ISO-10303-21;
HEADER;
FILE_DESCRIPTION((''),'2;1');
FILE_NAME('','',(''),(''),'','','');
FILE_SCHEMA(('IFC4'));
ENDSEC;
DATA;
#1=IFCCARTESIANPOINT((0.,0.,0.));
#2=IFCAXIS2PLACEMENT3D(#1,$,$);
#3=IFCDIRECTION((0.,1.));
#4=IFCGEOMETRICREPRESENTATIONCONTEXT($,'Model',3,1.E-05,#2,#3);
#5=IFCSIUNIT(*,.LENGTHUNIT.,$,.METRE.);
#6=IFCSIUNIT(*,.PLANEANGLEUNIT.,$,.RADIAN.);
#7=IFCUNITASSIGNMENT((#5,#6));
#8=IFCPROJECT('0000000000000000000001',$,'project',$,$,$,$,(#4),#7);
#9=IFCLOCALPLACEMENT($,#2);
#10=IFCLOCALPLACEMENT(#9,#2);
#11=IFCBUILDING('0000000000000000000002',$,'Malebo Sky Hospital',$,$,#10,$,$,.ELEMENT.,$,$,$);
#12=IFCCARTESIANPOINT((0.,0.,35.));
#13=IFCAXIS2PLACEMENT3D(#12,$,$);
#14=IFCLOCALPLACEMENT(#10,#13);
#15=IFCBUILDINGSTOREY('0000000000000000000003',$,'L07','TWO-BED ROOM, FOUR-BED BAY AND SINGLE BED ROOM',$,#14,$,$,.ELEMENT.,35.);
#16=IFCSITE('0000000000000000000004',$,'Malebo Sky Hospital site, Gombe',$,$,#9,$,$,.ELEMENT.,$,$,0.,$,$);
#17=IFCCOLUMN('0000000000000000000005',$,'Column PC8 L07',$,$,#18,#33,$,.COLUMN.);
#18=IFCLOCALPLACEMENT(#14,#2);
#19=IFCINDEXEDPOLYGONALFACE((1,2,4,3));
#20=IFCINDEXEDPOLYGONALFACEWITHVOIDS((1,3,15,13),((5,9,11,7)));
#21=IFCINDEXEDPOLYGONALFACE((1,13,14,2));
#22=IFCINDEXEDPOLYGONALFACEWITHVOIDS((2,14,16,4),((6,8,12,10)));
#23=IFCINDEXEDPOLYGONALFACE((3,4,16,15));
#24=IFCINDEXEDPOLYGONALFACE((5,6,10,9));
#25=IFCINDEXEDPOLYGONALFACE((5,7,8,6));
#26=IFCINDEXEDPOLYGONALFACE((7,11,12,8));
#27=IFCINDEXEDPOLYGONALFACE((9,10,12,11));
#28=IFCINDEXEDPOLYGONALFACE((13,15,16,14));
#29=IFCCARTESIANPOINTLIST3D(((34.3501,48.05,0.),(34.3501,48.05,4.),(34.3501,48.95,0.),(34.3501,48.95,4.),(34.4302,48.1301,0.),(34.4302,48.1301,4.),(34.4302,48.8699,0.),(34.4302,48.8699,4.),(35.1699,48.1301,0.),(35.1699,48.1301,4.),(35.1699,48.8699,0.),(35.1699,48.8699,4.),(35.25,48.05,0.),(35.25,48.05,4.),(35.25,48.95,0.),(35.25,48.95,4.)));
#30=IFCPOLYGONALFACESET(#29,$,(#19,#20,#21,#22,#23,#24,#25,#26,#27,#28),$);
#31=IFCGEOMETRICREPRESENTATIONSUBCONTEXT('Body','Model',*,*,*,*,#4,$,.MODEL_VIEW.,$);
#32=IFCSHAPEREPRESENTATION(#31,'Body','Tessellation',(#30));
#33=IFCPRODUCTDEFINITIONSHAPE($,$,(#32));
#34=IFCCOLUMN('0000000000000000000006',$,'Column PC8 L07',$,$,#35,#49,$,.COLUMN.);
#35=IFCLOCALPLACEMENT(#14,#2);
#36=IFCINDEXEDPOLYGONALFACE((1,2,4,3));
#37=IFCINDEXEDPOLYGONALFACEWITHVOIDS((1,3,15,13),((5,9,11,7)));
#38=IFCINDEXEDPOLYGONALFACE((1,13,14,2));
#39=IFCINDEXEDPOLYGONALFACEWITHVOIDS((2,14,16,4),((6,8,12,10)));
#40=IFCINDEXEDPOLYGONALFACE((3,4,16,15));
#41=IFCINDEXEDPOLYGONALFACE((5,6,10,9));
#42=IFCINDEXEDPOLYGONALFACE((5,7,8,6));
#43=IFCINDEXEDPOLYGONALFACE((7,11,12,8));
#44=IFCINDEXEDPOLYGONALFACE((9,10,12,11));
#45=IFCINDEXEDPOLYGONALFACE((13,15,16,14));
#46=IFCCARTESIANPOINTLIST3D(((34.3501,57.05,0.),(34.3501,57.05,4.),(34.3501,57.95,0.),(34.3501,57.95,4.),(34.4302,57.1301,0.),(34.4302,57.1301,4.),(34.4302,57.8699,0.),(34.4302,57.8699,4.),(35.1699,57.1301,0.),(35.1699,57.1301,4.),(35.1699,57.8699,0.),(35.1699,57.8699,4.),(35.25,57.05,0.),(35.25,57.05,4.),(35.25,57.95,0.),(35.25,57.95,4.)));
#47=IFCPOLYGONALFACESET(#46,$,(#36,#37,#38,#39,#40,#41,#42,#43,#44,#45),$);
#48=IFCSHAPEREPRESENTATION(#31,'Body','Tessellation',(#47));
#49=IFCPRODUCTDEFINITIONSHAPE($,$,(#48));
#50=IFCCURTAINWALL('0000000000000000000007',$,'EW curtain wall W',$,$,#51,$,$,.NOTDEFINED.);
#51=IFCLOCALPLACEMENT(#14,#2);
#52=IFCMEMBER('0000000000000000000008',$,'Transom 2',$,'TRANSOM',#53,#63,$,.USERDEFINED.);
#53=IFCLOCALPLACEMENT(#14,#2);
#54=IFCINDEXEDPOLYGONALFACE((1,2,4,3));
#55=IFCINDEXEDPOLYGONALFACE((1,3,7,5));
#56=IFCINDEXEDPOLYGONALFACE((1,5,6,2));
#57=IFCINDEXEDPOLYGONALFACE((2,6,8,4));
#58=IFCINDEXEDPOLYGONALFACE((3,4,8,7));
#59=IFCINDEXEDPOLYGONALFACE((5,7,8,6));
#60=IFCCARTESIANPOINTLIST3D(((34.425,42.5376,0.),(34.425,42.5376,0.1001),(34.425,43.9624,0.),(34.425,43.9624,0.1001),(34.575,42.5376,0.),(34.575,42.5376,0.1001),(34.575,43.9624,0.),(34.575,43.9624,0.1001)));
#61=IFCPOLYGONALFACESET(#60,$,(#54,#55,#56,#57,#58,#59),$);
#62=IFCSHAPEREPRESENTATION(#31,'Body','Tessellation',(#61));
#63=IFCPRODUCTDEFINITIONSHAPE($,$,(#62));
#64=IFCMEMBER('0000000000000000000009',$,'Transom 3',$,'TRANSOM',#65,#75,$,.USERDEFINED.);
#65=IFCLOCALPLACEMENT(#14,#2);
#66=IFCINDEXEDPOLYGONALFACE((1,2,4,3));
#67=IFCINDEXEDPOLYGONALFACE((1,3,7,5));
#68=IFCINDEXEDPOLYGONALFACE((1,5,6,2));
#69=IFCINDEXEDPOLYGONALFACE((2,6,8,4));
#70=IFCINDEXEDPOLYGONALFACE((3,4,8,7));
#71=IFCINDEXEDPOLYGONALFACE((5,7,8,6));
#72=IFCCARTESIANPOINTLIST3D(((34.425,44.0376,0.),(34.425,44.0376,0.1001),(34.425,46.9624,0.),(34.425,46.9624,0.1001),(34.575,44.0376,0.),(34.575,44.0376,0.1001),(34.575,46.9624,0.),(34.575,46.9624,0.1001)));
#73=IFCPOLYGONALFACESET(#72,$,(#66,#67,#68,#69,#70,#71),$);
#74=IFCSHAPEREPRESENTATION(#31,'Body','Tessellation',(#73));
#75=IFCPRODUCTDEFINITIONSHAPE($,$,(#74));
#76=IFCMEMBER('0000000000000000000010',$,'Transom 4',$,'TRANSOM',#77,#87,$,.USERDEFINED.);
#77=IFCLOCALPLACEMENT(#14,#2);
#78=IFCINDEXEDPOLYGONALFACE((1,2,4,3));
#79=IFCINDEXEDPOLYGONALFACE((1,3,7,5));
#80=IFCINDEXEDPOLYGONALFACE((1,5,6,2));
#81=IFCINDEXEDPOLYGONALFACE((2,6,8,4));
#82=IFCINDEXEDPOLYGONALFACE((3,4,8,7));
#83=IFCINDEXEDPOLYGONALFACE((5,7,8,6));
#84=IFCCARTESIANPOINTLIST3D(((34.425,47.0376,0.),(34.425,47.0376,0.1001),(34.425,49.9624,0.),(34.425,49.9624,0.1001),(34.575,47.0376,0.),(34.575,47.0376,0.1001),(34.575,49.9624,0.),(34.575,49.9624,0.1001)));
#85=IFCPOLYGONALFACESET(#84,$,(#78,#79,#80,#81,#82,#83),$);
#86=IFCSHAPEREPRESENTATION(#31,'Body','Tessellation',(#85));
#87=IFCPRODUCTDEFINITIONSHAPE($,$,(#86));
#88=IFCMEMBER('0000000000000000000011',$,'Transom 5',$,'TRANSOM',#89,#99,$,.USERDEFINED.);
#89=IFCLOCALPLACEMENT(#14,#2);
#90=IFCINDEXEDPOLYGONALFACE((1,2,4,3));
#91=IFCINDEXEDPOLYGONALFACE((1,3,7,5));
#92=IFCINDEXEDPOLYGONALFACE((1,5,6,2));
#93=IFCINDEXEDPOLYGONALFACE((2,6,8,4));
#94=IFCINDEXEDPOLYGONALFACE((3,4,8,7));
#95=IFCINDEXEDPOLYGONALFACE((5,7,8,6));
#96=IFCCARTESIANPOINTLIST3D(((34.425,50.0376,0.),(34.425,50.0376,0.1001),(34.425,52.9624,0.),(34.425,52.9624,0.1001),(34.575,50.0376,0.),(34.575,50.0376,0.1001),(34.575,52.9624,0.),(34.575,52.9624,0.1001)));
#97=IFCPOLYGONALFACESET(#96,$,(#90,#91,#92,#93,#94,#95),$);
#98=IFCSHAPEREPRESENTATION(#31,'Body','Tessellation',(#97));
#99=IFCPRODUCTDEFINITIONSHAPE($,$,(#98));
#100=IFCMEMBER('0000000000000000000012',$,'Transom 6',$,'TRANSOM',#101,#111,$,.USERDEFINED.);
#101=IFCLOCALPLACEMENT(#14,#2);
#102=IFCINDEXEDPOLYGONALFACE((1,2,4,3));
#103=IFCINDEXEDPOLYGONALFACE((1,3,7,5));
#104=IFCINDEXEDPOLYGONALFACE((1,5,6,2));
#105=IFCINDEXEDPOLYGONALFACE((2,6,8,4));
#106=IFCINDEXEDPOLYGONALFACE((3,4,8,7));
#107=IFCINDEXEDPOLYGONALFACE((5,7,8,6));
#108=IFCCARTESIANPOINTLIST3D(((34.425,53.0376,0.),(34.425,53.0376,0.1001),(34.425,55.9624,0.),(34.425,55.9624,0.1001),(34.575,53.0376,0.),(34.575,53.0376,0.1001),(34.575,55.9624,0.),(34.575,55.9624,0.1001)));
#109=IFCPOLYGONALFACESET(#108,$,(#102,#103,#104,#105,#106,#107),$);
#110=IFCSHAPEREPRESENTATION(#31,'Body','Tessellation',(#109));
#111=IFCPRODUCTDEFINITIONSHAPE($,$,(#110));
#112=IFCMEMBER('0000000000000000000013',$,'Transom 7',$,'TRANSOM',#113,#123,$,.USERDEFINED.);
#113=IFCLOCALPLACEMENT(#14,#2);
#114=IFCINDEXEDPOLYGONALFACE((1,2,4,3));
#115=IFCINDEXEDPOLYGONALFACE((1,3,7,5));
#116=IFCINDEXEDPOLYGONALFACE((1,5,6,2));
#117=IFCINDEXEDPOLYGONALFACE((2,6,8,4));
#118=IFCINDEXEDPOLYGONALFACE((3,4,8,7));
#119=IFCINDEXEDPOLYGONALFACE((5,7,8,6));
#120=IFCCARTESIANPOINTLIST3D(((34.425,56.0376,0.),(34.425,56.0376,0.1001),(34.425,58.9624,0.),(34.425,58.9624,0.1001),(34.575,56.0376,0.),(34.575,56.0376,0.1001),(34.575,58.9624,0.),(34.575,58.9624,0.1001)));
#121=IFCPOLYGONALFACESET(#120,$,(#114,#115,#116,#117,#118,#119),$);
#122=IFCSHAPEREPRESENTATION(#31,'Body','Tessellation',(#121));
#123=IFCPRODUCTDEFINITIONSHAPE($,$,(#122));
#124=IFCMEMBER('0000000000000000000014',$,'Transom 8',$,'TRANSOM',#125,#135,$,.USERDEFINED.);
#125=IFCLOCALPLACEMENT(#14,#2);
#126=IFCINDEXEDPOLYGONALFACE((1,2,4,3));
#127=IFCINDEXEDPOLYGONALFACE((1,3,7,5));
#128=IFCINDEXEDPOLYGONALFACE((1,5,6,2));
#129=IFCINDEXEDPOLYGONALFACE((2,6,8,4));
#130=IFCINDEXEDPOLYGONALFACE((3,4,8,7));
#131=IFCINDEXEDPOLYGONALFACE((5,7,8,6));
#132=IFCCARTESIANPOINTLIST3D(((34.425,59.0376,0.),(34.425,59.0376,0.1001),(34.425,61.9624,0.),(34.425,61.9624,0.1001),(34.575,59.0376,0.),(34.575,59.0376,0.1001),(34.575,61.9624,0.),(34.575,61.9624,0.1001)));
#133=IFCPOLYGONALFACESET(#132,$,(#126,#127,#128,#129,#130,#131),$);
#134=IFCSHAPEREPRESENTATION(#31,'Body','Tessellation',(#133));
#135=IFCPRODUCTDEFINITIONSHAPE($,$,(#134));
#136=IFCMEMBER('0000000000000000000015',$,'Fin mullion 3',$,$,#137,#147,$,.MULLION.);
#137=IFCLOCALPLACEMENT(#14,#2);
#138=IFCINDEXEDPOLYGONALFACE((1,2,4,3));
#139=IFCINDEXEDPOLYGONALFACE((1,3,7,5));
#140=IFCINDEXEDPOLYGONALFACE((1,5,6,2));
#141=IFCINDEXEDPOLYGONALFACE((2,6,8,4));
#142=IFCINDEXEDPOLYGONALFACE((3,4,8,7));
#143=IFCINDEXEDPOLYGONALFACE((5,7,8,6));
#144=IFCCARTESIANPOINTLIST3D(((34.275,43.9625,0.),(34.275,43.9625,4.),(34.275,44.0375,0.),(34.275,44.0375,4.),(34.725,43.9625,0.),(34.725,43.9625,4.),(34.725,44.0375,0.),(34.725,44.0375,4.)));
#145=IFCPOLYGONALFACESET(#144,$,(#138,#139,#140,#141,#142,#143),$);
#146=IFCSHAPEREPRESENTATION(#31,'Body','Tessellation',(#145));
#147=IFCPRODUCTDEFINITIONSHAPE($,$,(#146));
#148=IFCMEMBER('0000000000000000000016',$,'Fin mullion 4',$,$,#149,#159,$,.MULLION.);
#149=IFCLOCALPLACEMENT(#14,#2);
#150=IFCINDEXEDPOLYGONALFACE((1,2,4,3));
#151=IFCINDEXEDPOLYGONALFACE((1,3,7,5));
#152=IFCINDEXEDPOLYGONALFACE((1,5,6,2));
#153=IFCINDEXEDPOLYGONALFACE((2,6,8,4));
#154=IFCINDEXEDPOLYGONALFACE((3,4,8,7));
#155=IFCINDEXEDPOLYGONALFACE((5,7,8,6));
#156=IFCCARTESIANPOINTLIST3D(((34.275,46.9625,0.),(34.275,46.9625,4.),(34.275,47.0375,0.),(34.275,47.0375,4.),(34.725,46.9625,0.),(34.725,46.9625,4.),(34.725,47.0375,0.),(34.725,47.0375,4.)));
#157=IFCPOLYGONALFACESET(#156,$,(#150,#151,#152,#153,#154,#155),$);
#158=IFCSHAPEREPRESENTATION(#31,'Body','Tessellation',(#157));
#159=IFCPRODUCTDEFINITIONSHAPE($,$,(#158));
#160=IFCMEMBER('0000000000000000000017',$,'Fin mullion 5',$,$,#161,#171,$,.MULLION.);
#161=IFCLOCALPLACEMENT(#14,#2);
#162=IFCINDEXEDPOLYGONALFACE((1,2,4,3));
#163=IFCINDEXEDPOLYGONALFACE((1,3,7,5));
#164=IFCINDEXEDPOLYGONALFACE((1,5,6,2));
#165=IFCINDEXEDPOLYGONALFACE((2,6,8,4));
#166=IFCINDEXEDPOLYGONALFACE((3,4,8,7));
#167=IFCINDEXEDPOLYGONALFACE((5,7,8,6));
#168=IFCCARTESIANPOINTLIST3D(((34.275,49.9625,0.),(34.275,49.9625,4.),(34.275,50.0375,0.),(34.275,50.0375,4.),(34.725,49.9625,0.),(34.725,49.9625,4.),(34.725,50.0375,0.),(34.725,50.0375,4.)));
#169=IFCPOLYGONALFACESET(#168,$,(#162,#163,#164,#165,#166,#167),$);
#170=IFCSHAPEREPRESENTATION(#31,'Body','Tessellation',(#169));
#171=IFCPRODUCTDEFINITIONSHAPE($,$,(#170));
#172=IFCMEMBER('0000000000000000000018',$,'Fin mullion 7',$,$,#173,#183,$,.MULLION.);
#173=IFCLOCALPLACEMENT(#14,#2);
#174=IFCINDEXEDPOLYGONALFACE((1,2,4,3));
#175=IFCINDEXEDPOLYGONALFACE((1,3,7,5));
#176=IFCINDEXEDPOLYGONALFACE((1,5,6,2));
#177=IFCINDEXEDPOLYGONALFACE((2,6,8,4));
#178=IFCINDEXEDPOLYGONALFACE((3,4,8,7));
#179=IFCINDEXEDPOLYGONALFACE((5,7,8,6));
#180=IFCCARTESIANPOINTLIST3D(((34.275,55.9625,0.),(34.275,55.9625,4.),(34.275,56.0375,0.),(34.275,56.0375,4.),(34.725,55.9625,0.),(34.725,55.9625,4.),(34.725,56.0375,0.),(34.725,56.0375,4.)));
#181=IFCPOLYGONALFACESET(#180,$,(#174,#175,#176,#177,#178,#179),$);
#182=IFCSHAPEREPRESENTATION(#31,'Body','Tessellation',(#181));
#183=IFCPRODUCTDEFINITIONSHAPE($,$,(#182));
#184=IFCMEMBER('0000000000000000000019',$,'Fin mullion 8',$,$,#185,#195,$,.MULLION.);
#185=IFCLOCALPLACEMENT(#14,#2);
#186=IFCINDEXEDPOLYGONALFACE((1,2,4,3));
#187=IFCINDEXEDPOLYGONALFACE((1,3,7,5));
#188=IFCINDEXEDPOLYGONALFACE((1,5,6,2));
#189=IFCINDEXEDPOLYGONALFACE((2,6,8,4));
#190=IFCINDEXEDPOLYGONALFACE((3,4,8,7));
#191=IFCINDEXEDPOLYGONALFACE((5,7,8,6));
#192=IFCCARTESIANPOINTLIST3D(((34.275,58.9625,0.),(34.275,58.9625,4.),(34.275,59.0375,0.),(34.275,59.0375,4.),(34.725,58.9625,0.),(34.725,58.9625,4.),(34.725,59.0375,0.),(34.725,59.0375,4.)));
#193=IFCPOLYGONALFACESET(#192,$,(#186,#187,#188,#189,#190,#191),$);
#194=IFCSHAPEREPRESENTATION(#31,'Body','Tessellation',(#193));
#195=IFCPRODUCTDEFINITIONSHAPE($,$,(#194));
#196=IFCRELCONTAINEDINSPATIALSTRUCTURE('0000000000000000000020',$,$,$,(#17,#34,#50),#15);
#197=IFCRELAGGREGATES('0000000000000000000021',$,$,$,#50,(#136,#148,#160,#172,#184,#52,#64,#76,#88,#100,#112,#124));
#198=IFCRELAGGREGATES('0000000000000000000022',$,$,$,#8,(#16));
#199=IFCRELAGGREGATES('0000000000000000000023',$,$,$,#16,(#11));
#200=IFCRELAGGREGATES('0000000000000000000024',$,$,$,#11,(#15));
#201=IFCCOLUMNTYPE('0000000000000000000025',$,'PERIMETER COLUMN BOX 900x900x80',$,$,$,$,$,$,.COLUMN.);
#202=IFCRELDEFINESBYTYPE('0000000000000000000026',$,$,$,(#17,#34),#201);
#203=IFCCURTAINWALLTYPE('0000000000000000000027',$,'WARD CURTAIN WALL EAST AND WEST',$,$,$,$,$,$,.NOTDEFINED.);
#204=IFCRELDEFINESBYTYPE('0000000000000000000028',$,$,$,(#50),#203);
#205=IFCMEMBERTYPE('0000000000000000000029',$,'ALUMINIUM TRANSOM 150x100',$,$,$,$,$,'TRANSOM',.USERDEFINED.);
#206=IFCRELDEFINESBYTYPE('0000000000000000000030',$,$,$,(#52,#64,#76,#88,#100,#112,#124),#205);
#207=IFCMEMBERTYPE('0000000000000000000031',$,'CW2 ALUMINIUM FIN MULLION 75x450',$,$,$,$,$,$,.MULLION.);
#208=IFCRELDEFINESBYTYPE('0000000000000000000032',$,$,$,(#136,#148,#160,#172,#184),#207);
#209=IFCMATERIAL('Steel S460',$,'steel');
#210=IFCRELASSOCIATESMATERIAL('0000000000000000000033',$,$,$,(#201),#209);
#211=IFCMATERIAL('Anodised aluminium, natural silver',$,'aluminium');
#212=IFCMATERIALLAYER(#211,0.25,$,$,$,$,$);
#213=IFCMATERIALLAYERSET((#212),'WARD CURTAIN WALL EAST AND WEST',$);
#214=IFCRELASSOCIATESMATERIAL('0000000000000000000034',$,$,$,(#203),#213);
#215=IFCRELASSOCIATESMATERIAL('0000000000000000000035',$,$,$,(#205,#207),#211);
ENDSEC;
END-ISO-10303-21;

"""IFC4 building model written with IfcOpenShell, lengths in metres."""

from ifc_helpers import new_model, si_unit, direction, frame, origin, origin_2d, place, context, subcontext, project, spatial, rectangle, hollow_rectangle, extrude, material, layer, layer_set, material_profile, profile_set, type_object, element, aggregate, save


model = new_model("IFC4")

# Units and contexts
model_context = context("Model", 3, precision=1e-05, world=origin(), true_north=direction((0.0, 1.0)))
body_context = subcontext(model_context, "Body", "Model", "MODEL_VIEW")
ifc_project = project(units=[si_unit("LENGTHUNIT", "METRE"), si_unit("PLANEANGLEUNIT", "RADIAN")], contexts=[model_context])

# Site, building, storey
site_placement = place(None, origin())
site = spatial("IfcSite", under=ifc_project, at=site_placement, Name="Malebo Sky Hospital site, Gombe", CompositionType="ELEMENT", RefElevation=0.0)
building_placement = place(site_placement, origin())
building = spatial("IfcBuilding", under=site, at=building_placement, Name="Malebo Sky Hospital", CompositionType="ELEMENT")
storey_placement = place(building_placement, frame((0.0, 0.0, 35.0)))
storey = spatial("IfcBuildingStorey", under=building, at=storey_placement, Name="L07", Description="TWO-BED ROOM, FOUR-BED BAY AND SINGLE BED ROOM", CompositionType="ELEMENT", Elevation=35.0)

# Columns
ifc_material_1 = material(Name="Steel S460", Category="steel")
ifc_material_profile_1 = material_profile(ifc_material_1, hollow_rectangle(XDim=0.8999, YDim=0.8999, WallThickness=0.0801, at=origin_2d()), Name="BOX 900x900x80")
ifc_profile_set_1 = profile_set([ifc_material_profile_1], Name="Steel S460")
column_type = type_object("IfcColumnType", Name="PERIMETER COLUMN BOX 900x900x80", PredefinedType="COLUMN", material=ifc_profile_set_1)
for number, where, z_axis, x_axis, name in (
    (1, (34.8, 48.5, 0.0), (0.0, 0.0, 1.0), (1.0, 0.0, 0.0), "Column PC8 L07"),
    (2, (34.8, 57.5, 0.0), (0.0, 0.0, 1.0), (1.0, 0.0, 0.0), "Column PC8 L07"),
):
    element("IfcColumn", number, at=place(storey_placement, frame(where, z_axis=z_axis, x_axis=x_axis)), inside=storey, type_object=column_type, Name=name, PredefinedType="COLUMN", context=body_context, shape_type="SweptSolid", body=[
        extrude(hollow_rectangle(XDim=0.8999, YDim=0.8999, WallThickness=0.0801, at=origin_2d()), origin(), (0.0, 0.0, 1.0), 4.0),
    ])

# Curtain wall, members
ifc_material_2 = material(Name="Anodised aluminium, natural silver", Category="aluminium")
ifc_layer_1 = layer(ifc_material_2, 0.25)
ifc_layer_set_1 = layer_set([ifc_layer_1], Name="WARD CURTAIN WALL EAST AND WEST")
curtain_wall_type = type_object("IfcCurtainWallType", Name="WARD CURTAIN WALL EAST AND WEST", PredefinedType="NOTDEFINED", material=ifc_layer_set_1)
curtain_wall_placement = place(storey_placement, origin())
curtain_wall = element("IfcCurtainWall", 3, at=curtain_wall_placement, inside=storey, type_object=curtain_wall_type, Name="EW curtain wall W", PredefinedType="NOTDEFINED")
ifc_material_profile_2 = material_profile(ifc_material_2, rectangle(XDim=0.1499, YDim=0.1001, at=origin_2d()), Name="ALUMINIUM TRANSOM 150x100")
ifc_profile_set_2 = profile_set([ifc_material_profile_2], Name="Anodised aluminium, natural silver")
member_type_1 = type_object("IfcMemberType", Name="ALUMINIUM TRANSOM 150x100", ElementType="TRANSOM", PredefinedType="USERDEFINED", material=ifc_profile_set_2)
member_1_placement = place(storey_placement, frame((34.5, 42.5376, 0.05), z_axis=(0.0, 1.0, 0.0), x_axis=(-1.0, 0.0, 0.0)))
member_1 = element("IfcMember", 4, at=member_1_placement, type_object=member_type_1, Name="Transom 2", ObjectType="TRANSOM", PredefinedType="USERDEFINED", context=body_context, shape_type="SweptSolid", body=[
    extrude(rectangle(XDim=0.1499, YDim=0.1001, at=origin_2d()), origin(), (0.0, 0.0, 1.0), 1.4248),
])
member_2_placement = place(storey_placement, frame((34.5, 44.0376, 0.05), z_axis=(0.0, 1.0, 0.0), x_axis=(-1.0, 0.0, 0.0)))
member_2 = element("IfcMember", 5, at=member_2_placement, type_object=member_type_1, Name="Transom 3", ObjectType="TRANSOM", PredefinedType="USERDEFINED", context=body_context, shape_type="SweptSolid", body=[
    extrude(rectangle(XDim=0.1499, YDim=0.1001, at=origin_2d()), origin(), (0.0, 0.0, 1.0), 2.9248),
])
member_3_placement = place(storey_placement, frame((34.5, 47.0376, 0.05), z_axis=(0.0, 1.0, 0.0), x_axis=(-1.0, 0.0, 0.0)))
member_3 = element("IfcMember", 6, at=member_3_placement, type_object=member_type_1, Name="Transom 4", ObjectType="TRANSOM", PredefinedType="USERDEFINED", context=body_context, shape_type="SweptSolid", body=[
    extrude(rectangle(XDim=0.1499, YDim=0.1001, at=origin_2d()), origin(), (0.0, 0.0, 1.0), 2.9248),
])
member_4_placement = place(storey_placement, frame((34.5, 50.0376, 0.05), z_axis=(0.0, 1.0, 0.0), x_axis=(-1.0, 0.0, 0.0)))
member_4 = element("IfcMember", 7, at=member_4_placement, type_object=member_type_1, Name="Transom 5", ObjectType="TRANSOM", PredefinedType="USERDEFINED", context=body_context, shape_type="SweptSolid", body=[
    extrude(rectangle(XDim=0.1499, YDim=0.1001, at=origin_2d()), origin(), (0.0, 0.0, 1.0), 2.9248),
])
member_5_placement = place(storey_placement, frame((34.5, 53.0376, 0.05), z_axis=(0.0, 1.0, 0.0), x_axis=(-1.0, 0.0, 0.0)))
member_5 = element("IfcMember", 8, at=member_5_placement, type_object=member_type_1, Name="Transom 6", ObjectType="TRANSOM", PredefinedType="USERDEFINED", context=body_context, shape_type="SweptSolid", body=[
    extrude(rectangle(XDim=0.1499, YDim=0.1001, at=origin_2d()), origin(), (0.0, 0.0, 1.0), 2.9248),
])
member_6_placement = place(storey_placement, frame((34.5, 56.0376, 0.05), z_axis=(0.0, 1.0, 0.0), x_axis=(-1.0, 0.0, 0.0)))
member_6 = element("IfcMember", 9, at=member_6_placement, type_object=member_type_1, Name="Transom 7", ObjectType="TRANSOM", PredefinedType="USERDEFINED", context=body_context, shape_type="SweptSolid", body=[
    extrude(rectangle(XDim=0.1499, YDim=0.1001, at=origin_2d()), origin(), (0.0, 0.0, 1.0), 2.9248),
])
member_7_placement = place(storey_placement, frame((34.5, 59.0376, 0.05), z_axis=(0.0, 1.0, 0.0), x_axis=(-1.0, 0.0, 0.0)))
member_7 = element("IfcMember", 10, at=member_7_placement, type_object=member_type_1, Name="Transom 8", ObjectType="TRANSOM", PredefinedType="USERDEFINED", context=body_context, shape_type="SweptSolid", body=[
    extrude(rectangle(XDim=0.1499, YDim=0.1001, at=origin_2d()), origin(), (0.0, 0.0, 1.0), 2.9248),
])
ifc_material_profile_3 = material_profile(ifc_material_2, rectangle(XDim=0.075, YDim=0.45, at=origin_2d()), Name="CW2 ALUMINIUM FIN MULLION 75x450")
ifc_profile_set_3 = profile_set([ifc_material_profile_3], Name="Anodised aluminium, natural silver")
member_type_2 = type_object("IfcMemberType", Name="CW2 ALUMINIUM FIN MULLION 75x450", PredefinedType="MULLION", material=ifc_profile_set_3)
member_8_placement = place(storey_placement, frame((34.5, 44.0, 0.0), z_axis=(0.0, 0.0, 1.0), x_axis=(0.0, 1.0, 0.0)))
member_8 = element("IfcMember", 11, at=member_8_placement, type_object=member_type_2, Name="Fin mullion 3", PredefinedType="MULLION", context=body_context, shape_type="SweptSolid", body=[
    extrude(rectangle(XDim=0.075, YDim=0.45, at=origin_2d()), origin(), (0.0, 0.0, 1.0), 4.0),
])
member_9_placement = place(storey_placement, frame((34.5, 47.0, 0.0), z_axis=(0.0, 0.0, 1.0), x_axis=(0.0, 1.0, 0.0)))
member_9 = element("IfcMember", 12, at=member_9_placement, type_object=member_type_2, Name="Fin mullion 4", PredefinedType="MULLION", context=body_context, shape_type="SweptSolid", body=[
    extrude(rectangle(XDim=0.075, YDim=0.45, at=origin_2d()), origin(), (0.0, 0.0, 1.0), 4.0),
])
member_10_placement = place(storey_placement, frame((34.5, 50.0, 0.0), z_axis=(0.0, 0.0, 1.0), x_axis=(0.0, 1.0, 0.0)))
member_10 = element("IfcMember", 13, at=member_10_placement, type_object=member_type_2, Name="Fin mullion 5", PredefinedType="MULLION", context=body_context, shape_type="SweptSolid", body=[
    extrude(rectangle(XDim=0.075, YDim=0.45, at=origin_2d()), origin(), (0.0, 0.0, 1.0), 4.0),
])
member_11_placement = place(storey_placement, frame((34.5, 56.0, 0.0), z_axis=(0.0, 0.0, 1.0), x_axis=(0.0, 1.0, 0.0)))
member_11 = element("IfcMember", 14, at=member_11_placement, type_object=member_type_2, Name="Fin mullion 7", PredefinedType="MULLION", context=body_context, shape_type="SweptSolid", body=[
    extrude(rectangle(XDim=0.075, YDim=0.45, at=origin_2d()), origin(), (0.0, 0.0, 1.0), 4.0),
])
member_12_placement = place(storey_placement, frame((34.5, 59.0, 0.0), z_axis=(0.0, 0.0, 1.0), x_axis=(0.0, 1.0, 0.0)))
member_12 = element("IfcMember", 15, at=member_12_placement, type_object=member_type_2, Name="Fin mullion 8", PredefinedType="MULLION", context=body_context, shape_type="SweptSolid", body=[
    extrude(rectangle(XDim=0.075, YDim=0.45, at=origin_2d()), origin(), (0.0, 0.0, 1.0), 4.0),
])

aggregate(curtain_wall, [member_8, member_9, member_10, member_11, member_12, member_1, member_2, member_3, member_4, member_5, member_6, member_7])

save(model, "model.ifc")
